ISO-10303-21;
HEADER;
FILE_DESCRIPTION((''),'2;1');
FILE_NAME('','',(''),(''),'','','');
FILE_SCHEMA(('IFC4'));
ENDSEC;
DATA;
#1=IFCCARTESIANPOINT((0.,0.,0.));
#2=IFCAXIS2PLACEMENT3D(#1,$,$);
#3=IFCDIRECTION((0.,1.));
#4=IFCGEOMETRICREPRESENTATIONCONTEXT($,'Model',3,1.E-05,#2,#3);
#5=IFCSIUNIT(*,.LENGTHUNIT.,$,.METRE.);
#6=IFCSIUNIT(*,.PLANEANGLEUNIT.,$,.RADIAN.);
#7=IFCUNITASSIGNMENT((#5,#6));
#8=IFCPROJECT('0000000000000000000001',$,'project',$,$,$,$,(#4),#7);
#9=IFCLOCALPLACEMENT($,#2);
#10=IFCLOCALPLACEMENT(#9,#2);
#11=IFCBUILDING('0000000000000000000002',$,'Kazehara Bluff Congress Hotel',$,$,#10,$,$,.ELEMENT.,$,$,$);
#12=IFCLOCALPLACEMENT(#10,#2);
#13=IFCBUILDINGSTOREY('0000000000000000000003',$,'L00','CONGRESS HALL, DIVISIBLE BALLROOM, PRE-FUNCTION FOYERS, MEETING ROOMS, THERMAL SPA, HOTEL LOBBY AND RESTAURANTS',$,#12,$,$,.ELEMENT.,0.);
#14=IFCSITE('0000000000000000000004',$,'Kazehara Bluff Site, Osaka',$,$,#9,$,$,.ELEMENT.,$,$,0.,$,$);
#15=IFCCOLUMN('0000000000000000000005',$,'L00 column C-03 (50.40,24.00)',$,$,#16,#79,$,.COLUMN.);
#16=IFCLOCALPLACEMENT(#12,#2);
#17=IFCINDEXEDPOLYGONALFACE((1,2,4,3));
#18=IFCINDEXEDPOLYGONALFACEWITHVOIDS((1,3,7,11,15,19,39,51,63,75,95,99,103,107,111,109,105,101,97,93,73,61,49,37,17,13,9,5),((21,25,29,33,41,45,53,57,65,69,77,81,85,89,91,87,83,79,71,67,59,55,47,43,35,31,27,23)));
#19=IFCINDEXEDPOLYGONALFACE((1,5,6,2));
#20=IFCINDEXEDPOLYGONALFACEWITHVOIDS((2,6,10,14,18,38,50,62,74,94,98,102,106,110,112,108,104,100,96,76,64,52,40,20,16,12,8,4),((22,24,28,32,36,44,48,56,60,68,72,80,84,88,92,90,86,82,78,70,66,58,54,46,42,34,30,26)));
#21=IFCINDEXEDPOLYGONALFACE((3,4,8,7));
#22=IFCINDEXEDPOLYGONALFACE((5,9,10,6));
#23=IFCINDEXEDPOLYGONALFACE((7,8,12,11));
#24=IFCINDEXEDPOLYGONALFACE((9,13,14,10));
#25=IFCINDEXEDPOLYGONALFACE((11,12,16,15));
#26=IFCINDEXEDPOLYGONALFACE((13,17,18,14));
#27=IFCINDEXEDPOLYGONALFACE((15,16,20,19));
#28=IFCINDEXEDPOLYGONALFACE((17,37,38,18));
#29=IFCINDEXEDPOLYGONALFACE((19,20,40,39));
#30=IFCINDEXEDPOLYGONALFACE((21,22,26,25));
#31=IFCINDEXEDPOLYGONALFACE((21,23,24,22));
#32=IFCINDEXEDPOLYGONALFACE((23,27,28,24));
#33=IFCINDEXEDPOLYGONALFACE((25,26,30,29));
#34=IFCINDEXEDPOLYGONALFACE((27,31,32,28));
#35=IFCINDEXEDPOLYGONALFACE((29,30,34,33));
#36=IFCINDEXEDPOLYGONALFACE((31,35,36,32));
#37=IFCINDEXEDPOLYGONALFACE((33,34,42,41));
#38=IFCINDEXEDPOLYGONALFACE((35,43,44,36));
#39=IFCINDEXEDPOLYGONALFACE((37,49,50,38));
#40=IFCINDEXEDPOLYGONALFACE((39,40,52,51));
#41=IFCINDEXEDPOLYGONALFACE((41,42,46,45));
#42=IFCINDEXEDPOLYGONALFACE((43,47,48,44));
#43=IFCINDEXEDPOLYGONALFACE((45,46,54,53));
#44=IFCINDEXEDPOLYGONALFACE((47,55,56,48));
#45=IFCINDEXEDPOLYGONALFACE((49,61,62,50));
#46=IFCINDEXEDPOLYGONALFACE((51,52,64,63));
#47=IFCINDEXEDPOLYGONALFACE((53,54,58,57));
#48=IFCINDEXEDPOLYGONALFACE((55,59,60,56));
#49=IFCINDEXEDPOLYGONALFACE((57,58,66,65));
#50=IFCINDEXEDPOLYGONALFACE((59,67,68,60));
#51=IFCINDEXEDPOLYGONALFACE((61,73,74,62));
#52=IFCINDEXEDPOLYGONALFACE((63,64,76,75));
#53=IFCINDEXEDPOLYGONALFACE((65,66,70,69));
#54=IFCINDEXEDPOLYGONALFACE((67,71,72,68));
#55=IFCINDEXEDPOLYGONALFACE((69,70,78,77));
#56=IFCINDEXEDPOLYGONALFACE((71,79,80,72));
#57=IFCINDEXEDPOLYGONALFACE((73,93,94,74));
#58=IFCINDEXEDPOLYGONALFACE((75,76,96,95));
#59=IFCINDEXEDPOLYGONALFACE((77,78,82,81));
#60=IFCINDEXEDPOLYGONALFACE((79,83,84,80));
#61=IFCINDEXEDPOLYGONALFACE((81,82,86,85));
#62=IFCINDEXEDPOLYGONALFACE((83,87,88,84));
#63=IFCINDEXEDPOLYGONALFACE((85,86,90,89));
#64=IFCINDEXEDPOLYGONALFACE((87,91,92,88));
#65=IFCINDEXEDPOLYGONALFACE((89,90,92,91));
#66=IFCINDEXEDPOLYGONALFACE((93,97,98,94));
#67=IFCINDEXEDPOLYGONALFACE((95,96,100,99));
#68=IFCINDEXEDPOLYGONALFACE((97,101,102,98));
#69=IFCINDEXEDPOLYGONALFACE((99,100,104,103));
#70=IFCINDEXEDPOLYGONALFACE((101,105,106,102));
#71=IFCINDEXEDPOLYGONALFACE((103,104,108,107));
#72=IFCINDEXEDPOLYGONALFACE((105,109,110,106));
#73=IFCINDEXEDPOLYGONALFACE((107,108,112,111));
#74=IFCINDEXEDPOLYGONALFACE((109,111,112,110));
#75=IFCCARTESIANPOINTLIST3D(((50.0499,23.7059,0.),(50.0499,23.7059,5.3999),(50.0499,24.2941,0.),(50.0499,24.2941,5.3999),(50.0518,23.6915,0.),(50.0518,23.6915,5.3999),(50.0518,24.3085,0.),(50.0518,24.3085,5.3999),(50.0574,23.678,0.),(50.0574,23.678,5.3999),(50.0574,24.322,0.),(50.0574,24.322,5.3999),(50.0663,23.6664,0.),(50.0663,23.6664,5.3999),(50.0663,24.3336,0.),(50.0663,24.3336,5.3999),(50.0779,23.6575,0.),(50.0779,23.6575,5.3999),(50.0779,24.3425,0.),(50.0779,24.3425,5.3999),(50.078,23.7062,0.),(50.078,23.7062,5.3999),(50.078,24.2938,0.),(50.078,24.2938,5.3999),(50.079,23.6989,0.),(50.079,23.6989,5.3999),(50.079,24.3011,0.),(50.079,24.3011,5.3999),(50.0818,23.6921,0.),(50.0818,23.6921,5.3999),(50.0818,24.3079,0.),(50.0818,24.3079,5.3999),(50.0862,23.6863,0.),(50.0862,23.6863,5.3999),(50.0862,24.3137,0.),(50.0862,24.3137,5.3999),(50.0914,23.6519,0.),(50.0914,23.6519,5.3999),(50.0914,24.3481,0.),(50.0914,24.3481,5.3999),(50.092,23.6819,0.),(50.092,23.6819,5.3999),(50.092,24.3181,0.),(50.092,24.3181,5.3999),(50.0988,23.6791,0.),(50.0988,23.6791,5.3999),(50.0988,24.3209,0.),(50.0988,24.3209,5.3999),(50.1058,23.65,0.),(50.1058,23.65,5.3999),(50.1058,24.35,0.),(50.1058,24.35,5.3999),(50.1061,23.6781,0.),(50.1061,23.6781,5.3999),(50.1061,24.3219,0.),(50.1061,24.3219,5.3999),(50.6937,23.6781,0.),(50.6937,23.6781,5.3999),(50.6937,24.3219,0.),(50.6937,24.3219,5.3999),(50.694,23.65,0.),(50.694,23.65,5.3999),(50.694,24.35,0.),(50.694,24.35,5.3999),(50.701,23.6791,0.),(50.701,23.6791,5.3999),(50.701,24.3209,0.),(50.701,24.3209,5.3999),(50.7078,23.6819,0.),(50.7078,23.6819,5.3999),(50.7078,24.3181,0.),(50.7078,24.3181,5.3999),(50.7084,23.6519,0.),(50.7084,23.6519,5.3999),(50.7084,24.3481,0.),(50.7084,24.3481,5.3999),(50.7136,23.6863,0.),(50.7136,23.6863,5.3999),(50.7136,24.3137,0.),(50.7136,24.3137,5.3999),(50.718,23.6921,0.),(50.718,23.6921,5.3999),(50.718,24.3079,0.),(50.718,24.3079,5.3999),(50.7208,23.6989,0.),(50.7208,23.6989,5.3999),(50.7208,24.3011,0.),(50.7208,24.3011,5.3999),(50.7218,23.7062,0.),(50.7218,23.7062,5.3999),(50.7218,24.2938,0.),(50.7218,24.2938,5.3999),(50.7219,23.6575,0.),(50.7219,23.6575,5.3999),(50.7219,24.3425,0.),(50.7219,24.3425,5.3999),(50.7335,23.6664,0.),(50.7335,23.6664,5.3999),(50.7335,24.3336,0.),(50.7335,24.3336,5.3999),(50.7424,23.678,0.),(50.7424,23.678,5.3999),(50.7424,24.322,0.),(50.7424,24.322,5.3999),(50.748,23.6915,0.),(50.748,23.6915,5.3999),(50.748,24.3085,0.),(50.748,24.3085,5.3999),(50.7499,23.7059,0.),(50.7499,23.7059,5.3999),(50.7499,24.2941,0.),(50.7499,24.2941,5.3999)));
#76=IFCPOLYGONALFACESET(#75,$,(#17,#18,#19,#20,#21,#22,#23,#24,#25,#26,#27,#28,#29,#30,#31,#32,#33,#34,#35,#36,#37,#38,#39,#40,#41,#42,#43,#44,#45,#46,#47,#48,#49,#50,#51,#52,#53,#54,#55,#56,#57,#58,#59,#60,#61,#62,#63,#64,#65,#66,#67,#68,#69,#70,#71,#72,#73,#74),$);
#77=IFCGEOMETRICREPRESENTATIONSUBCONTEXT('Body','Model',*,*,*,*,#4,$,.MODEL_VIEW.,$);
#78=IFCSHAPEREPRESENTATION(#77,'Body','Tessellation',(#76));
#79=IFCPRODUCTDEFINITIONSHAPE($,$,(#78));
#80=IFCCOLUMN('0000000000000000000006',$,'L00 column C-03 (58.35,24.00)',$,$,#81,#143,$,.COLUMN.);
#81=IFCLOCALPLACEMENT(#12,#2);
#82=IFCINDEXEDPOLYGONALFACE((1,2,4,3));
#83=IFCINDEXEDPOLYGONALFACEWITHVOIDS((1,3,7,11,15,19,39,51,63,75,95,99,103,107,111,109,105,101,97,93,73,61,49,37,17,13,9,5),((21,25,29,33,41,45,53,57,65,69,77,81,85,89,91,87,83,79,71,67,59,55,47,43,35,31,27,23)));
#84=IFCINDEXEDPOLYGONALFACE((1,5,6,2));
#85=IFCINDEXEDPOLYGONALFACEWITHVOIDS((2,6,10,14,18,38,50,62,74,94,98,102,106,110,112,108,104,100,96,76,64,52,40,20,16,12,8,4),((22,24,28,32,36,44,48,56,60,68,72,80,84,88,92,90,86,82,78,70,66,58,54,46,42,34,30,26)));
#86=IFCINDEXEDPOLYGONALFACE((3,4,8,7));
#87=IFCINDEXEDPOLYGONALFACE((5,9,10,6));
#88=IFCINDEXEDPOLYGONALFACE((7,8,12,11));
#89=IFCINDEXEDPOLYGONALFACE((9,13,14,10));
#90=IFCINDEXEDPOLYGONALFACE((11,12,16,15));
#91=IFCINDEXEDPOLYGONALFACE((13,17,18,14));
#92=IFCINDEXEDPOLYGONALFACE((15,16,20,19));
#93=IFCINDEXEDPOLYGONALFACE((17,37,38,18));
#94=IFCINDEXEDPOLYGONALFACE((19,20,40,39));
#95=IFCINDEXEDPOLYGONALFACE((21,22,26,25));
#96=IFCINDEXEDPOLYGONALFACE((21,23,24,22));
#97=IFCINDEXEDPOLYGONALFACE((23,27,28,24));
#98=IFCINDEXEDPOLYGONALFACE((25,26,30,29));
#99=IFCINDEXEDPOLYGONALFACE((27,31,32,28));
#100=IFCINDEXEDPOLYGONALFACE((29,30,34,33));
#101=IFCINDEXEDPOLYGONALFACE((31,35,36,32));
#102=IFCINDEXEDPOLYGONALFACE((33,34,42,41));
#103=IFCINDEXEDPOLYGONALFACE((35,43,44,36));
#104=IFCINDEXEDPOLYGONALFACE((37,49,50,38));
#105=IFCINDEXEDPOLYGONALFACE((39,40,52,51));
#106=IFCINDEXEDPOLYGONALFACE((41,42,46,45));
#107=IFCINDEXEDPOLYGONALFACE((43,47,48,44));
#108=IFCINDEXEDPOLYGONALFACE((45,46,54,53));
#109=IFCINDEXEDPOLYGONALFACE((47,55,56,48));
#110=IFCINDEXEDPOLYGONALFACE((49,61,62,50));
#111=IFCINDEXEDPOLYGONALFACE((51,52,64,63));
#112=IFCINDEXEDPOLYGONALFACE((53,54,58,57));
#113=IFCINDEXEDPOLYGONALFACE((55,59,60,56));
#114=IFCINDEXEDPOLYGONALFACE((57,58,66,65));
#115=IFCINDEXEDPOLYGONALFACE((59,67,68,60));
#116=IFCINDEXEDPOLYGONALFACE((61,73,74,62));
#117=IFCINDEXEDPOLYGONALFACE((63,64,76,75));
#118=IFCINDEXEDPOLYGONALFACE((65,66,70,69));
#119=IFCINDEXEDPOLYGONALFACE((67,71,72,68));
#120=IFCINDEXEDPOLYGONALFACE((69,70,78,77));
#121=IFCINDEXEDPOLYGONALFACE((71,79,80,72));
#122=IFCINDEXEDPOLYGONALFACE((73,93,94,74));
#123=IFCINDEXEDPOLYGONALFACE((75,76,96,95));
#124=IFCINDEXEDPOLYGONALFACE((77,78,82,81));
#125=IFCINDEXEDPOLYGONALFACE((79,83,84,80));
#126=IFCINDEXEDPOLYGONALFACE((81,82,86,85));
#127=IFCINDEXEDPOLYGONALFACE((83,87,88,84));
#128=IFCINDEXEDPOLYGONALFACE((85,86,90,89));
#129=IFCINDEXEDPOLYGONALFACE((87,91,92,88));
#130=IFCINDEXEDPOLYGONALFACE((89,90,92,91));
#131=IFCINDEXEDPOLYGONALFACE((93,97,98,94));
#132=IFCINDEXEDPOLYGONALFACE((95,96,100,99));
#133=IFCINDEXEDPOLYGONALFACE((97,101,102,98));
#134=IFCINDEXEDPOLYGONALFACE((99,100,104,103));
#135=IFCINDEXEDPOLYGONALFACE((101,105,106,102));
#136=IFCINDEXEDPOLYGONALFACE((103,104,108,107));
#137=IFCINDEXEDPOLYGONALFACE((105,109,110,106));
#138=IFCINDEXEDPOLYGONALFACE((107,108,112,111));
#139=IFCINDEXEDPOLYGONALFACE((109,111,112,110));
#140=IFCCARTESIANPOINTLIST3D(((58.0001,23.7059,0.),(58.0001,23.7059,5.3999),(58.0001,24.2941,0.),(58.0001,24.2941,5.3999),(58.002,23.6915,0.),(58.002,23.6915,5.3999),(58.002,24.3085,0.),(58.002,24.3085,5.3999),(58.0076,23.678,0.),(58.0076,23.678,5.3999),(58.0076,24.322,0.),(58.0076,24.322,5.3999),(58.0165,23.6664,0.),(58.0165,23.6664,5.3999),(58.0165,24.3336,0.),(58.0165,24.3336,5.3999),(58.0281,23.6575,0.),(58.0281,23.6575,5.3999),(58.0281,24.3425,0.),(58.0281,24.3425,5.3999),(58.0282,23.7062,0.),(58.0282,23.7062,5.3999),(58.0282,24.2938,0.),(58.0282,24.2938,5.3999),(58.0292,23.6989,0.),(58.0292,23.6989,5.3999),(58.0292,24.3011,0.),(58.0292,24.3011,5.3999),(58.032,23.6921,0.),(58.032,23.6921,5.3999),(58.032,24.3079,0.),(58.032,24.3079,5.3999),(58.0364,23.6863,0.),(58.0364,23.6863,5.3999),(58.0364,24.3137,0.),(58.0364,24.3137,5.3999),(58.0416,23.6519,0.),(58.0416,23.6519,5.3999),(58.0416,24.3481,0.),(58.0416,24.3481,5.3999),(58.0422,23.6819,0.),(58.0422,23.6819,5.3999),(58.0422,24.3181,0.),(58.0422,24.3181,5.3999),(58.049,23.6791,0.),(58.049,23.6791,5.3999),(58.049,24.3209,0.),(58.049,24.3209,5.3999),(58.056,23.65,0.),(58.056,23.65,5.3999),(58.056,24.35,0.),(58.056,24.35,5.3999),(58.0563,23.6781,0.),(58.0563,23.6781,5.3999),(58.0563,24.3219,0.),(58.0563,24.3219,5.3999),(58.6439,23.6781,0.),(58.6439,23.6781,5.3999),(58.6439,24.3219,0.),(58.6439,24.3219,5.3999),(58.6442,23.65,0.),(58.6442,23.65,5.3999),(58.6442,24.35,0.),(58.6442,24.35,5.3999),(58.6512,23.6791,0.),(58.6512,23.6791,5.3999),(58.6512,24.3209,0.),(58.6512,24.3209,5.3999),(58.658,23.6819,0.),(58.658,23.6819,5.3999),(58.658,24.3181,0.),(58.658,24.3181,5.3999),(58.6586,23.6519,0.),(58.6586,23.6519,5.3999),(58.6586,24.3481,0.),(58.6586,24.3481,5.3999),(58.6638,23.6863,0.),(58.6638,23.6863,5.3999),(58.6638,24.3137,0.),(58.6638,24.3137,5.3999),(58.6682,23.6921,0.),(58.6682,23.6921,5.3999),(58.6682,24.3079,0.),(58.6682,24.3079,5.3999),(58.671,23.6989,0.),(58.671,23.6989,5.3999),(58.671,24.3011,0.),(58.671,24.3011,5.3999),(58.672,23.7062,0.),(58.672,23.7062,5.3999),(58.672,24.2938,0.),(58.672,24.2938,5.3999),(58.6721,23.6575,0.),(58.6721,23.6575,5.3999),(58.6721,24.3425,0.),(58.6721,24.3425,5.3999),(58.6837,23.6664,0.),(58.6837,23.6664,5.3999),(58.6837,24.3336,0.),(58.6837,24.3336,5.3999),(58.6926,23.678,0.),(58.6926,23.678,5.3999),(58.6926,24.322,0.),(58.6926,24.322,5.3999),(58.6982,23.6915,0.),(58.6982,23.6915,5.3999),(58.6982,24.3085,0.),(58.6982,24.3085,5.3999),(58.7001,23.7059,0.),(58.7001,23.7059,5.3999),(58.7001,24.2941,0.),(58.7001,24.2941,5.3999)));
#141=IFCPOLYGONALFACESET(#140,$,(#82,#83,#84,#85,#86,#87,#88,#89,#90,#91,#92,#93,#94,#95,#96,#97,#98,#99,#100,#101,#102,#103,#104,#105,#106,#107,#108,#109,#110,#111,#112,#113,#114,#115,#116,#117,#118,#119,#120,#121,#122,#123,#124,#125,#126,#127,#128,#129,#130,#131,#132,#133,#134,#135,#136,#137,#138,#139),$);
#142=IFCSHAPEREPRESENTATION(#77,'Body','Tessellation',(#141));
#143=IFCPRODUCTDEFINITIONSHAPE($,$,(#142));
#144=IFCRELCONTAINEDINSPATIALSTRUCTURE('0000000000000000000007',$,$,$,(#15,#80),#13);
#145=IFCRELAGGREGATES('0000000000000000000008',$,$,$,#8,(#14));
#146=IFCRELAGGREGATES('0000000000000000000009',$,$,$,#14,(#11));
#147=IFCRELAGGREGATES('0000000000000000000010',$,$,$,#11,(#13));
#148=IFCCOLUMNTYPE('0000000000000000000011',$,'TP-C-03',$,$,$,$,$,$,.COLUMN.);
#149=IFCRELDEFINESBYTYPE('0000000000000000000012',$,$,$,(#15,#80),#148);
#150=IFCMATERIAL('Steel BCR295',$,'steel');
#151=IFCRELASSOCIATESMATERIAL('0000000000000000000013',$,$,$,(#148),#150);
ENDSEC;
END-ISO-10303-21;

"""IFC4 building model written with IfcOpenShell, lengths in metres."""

from ifc_helpers import new_model, si_unit, direction, frame, origin, origin_2d, place, context, subcontext, project, spatial, hollow_rectangle, extrude, material, material_profile, profile_set, type_object, element, save


model = new_model("IFC4")

# Units and contexts
model_context = context("Model", 3, precision=1e-05, world=origin(), true_north=direction((0.0, 1.0)))
body_context = subcontext(model_context, "Body", "Model", "MODEL_VIEW")
ifc_project = project(units=[si_unit("LENGTHUNIT", "METRE"), si_unit("PLANEANGLEUNIT", "RADIAN")], contexts=[model_context])

# Site, building, storey
site_placement = place(None, origin())
site = spatial("IfcSite", under=ifc_project, at=site_placement, Name="Kazehara Bluff Site, Osaka", CompositionType="ELEMENT", RefElevation=0.0)
building_placement = place(site_placement, origin())
building = spatial("IfcBuilding", under=site, at=building_placement, Name="Kazehara Bluff Congress Hotel", CompositionType="ELEMENT")
storey_placement = place(building_placement, origin())
storey = spatial("IfcBuildingStorey", under=building, at=storey_placement, Name="L00", Description="CONGRESS HALL, DIVISIBLE BALLROOM, PRE-FUNCTION FOYERS, MEETING ROOMS, THERMAL SPA, HOTEL LOBBY AND RESTAURANTS", CompositionType="ELEMENT", Elevation=0.0)

# Columns
ifc_material_1 = material(Name="Steel BCR295", Category="steel")
ifc_material_profile_1 = material_profile(ifc_material_1, hollow_rectangle(XDim=0.7, YDim=0.7, WallThickness=0.0281, InnerFilletRadius=0.0281, OuterFilletRadius=0.0559, at=origin_2d()))
ifc_profile_set_1 = profile_set([ifc_material_profile_1], Name="Steel BCR295")
column_type_1 = type_object("IfcColumnType", Name="TP-C-03", PredefinedType="COLUMN", material=ifc_profile_set_1)
for number, where, z_axis, x_axis, name in (
    (1, (50.3999, 24.0, 0.0), (0.0, 0.0, 1.0), (1.0, 0.0, 0.0), "L00 column C-03 (50.40,24.00)"),
    (2, (58.3501, 24.0, 0.0), (0.0, 0.0, 1.0), (1.0, 0.0, 0.0), "L00 column C-03 (58.35,24.00)"),
):
    element("IfcColumn", number, at=place(storey_placement, frame(where, z_axis=z_axis, x_axis=x_axis)), inside=storey, type_object=column_type_1, Name=name, PredefinedType="COLUMN", context=body_context, shape_type="SweptSolid", body=[
        extrude(hollow_rectangle(XDim=0.7, YDim=0.7, WallThickness=0.0281, InnerFilletRadius=0.0281, OuterFilletRadius=0.0559, at=origin_2d()), origin(), (0.0, 0.0, 1.0), 5.3999),
    ])

save(model, "model.ifc")
